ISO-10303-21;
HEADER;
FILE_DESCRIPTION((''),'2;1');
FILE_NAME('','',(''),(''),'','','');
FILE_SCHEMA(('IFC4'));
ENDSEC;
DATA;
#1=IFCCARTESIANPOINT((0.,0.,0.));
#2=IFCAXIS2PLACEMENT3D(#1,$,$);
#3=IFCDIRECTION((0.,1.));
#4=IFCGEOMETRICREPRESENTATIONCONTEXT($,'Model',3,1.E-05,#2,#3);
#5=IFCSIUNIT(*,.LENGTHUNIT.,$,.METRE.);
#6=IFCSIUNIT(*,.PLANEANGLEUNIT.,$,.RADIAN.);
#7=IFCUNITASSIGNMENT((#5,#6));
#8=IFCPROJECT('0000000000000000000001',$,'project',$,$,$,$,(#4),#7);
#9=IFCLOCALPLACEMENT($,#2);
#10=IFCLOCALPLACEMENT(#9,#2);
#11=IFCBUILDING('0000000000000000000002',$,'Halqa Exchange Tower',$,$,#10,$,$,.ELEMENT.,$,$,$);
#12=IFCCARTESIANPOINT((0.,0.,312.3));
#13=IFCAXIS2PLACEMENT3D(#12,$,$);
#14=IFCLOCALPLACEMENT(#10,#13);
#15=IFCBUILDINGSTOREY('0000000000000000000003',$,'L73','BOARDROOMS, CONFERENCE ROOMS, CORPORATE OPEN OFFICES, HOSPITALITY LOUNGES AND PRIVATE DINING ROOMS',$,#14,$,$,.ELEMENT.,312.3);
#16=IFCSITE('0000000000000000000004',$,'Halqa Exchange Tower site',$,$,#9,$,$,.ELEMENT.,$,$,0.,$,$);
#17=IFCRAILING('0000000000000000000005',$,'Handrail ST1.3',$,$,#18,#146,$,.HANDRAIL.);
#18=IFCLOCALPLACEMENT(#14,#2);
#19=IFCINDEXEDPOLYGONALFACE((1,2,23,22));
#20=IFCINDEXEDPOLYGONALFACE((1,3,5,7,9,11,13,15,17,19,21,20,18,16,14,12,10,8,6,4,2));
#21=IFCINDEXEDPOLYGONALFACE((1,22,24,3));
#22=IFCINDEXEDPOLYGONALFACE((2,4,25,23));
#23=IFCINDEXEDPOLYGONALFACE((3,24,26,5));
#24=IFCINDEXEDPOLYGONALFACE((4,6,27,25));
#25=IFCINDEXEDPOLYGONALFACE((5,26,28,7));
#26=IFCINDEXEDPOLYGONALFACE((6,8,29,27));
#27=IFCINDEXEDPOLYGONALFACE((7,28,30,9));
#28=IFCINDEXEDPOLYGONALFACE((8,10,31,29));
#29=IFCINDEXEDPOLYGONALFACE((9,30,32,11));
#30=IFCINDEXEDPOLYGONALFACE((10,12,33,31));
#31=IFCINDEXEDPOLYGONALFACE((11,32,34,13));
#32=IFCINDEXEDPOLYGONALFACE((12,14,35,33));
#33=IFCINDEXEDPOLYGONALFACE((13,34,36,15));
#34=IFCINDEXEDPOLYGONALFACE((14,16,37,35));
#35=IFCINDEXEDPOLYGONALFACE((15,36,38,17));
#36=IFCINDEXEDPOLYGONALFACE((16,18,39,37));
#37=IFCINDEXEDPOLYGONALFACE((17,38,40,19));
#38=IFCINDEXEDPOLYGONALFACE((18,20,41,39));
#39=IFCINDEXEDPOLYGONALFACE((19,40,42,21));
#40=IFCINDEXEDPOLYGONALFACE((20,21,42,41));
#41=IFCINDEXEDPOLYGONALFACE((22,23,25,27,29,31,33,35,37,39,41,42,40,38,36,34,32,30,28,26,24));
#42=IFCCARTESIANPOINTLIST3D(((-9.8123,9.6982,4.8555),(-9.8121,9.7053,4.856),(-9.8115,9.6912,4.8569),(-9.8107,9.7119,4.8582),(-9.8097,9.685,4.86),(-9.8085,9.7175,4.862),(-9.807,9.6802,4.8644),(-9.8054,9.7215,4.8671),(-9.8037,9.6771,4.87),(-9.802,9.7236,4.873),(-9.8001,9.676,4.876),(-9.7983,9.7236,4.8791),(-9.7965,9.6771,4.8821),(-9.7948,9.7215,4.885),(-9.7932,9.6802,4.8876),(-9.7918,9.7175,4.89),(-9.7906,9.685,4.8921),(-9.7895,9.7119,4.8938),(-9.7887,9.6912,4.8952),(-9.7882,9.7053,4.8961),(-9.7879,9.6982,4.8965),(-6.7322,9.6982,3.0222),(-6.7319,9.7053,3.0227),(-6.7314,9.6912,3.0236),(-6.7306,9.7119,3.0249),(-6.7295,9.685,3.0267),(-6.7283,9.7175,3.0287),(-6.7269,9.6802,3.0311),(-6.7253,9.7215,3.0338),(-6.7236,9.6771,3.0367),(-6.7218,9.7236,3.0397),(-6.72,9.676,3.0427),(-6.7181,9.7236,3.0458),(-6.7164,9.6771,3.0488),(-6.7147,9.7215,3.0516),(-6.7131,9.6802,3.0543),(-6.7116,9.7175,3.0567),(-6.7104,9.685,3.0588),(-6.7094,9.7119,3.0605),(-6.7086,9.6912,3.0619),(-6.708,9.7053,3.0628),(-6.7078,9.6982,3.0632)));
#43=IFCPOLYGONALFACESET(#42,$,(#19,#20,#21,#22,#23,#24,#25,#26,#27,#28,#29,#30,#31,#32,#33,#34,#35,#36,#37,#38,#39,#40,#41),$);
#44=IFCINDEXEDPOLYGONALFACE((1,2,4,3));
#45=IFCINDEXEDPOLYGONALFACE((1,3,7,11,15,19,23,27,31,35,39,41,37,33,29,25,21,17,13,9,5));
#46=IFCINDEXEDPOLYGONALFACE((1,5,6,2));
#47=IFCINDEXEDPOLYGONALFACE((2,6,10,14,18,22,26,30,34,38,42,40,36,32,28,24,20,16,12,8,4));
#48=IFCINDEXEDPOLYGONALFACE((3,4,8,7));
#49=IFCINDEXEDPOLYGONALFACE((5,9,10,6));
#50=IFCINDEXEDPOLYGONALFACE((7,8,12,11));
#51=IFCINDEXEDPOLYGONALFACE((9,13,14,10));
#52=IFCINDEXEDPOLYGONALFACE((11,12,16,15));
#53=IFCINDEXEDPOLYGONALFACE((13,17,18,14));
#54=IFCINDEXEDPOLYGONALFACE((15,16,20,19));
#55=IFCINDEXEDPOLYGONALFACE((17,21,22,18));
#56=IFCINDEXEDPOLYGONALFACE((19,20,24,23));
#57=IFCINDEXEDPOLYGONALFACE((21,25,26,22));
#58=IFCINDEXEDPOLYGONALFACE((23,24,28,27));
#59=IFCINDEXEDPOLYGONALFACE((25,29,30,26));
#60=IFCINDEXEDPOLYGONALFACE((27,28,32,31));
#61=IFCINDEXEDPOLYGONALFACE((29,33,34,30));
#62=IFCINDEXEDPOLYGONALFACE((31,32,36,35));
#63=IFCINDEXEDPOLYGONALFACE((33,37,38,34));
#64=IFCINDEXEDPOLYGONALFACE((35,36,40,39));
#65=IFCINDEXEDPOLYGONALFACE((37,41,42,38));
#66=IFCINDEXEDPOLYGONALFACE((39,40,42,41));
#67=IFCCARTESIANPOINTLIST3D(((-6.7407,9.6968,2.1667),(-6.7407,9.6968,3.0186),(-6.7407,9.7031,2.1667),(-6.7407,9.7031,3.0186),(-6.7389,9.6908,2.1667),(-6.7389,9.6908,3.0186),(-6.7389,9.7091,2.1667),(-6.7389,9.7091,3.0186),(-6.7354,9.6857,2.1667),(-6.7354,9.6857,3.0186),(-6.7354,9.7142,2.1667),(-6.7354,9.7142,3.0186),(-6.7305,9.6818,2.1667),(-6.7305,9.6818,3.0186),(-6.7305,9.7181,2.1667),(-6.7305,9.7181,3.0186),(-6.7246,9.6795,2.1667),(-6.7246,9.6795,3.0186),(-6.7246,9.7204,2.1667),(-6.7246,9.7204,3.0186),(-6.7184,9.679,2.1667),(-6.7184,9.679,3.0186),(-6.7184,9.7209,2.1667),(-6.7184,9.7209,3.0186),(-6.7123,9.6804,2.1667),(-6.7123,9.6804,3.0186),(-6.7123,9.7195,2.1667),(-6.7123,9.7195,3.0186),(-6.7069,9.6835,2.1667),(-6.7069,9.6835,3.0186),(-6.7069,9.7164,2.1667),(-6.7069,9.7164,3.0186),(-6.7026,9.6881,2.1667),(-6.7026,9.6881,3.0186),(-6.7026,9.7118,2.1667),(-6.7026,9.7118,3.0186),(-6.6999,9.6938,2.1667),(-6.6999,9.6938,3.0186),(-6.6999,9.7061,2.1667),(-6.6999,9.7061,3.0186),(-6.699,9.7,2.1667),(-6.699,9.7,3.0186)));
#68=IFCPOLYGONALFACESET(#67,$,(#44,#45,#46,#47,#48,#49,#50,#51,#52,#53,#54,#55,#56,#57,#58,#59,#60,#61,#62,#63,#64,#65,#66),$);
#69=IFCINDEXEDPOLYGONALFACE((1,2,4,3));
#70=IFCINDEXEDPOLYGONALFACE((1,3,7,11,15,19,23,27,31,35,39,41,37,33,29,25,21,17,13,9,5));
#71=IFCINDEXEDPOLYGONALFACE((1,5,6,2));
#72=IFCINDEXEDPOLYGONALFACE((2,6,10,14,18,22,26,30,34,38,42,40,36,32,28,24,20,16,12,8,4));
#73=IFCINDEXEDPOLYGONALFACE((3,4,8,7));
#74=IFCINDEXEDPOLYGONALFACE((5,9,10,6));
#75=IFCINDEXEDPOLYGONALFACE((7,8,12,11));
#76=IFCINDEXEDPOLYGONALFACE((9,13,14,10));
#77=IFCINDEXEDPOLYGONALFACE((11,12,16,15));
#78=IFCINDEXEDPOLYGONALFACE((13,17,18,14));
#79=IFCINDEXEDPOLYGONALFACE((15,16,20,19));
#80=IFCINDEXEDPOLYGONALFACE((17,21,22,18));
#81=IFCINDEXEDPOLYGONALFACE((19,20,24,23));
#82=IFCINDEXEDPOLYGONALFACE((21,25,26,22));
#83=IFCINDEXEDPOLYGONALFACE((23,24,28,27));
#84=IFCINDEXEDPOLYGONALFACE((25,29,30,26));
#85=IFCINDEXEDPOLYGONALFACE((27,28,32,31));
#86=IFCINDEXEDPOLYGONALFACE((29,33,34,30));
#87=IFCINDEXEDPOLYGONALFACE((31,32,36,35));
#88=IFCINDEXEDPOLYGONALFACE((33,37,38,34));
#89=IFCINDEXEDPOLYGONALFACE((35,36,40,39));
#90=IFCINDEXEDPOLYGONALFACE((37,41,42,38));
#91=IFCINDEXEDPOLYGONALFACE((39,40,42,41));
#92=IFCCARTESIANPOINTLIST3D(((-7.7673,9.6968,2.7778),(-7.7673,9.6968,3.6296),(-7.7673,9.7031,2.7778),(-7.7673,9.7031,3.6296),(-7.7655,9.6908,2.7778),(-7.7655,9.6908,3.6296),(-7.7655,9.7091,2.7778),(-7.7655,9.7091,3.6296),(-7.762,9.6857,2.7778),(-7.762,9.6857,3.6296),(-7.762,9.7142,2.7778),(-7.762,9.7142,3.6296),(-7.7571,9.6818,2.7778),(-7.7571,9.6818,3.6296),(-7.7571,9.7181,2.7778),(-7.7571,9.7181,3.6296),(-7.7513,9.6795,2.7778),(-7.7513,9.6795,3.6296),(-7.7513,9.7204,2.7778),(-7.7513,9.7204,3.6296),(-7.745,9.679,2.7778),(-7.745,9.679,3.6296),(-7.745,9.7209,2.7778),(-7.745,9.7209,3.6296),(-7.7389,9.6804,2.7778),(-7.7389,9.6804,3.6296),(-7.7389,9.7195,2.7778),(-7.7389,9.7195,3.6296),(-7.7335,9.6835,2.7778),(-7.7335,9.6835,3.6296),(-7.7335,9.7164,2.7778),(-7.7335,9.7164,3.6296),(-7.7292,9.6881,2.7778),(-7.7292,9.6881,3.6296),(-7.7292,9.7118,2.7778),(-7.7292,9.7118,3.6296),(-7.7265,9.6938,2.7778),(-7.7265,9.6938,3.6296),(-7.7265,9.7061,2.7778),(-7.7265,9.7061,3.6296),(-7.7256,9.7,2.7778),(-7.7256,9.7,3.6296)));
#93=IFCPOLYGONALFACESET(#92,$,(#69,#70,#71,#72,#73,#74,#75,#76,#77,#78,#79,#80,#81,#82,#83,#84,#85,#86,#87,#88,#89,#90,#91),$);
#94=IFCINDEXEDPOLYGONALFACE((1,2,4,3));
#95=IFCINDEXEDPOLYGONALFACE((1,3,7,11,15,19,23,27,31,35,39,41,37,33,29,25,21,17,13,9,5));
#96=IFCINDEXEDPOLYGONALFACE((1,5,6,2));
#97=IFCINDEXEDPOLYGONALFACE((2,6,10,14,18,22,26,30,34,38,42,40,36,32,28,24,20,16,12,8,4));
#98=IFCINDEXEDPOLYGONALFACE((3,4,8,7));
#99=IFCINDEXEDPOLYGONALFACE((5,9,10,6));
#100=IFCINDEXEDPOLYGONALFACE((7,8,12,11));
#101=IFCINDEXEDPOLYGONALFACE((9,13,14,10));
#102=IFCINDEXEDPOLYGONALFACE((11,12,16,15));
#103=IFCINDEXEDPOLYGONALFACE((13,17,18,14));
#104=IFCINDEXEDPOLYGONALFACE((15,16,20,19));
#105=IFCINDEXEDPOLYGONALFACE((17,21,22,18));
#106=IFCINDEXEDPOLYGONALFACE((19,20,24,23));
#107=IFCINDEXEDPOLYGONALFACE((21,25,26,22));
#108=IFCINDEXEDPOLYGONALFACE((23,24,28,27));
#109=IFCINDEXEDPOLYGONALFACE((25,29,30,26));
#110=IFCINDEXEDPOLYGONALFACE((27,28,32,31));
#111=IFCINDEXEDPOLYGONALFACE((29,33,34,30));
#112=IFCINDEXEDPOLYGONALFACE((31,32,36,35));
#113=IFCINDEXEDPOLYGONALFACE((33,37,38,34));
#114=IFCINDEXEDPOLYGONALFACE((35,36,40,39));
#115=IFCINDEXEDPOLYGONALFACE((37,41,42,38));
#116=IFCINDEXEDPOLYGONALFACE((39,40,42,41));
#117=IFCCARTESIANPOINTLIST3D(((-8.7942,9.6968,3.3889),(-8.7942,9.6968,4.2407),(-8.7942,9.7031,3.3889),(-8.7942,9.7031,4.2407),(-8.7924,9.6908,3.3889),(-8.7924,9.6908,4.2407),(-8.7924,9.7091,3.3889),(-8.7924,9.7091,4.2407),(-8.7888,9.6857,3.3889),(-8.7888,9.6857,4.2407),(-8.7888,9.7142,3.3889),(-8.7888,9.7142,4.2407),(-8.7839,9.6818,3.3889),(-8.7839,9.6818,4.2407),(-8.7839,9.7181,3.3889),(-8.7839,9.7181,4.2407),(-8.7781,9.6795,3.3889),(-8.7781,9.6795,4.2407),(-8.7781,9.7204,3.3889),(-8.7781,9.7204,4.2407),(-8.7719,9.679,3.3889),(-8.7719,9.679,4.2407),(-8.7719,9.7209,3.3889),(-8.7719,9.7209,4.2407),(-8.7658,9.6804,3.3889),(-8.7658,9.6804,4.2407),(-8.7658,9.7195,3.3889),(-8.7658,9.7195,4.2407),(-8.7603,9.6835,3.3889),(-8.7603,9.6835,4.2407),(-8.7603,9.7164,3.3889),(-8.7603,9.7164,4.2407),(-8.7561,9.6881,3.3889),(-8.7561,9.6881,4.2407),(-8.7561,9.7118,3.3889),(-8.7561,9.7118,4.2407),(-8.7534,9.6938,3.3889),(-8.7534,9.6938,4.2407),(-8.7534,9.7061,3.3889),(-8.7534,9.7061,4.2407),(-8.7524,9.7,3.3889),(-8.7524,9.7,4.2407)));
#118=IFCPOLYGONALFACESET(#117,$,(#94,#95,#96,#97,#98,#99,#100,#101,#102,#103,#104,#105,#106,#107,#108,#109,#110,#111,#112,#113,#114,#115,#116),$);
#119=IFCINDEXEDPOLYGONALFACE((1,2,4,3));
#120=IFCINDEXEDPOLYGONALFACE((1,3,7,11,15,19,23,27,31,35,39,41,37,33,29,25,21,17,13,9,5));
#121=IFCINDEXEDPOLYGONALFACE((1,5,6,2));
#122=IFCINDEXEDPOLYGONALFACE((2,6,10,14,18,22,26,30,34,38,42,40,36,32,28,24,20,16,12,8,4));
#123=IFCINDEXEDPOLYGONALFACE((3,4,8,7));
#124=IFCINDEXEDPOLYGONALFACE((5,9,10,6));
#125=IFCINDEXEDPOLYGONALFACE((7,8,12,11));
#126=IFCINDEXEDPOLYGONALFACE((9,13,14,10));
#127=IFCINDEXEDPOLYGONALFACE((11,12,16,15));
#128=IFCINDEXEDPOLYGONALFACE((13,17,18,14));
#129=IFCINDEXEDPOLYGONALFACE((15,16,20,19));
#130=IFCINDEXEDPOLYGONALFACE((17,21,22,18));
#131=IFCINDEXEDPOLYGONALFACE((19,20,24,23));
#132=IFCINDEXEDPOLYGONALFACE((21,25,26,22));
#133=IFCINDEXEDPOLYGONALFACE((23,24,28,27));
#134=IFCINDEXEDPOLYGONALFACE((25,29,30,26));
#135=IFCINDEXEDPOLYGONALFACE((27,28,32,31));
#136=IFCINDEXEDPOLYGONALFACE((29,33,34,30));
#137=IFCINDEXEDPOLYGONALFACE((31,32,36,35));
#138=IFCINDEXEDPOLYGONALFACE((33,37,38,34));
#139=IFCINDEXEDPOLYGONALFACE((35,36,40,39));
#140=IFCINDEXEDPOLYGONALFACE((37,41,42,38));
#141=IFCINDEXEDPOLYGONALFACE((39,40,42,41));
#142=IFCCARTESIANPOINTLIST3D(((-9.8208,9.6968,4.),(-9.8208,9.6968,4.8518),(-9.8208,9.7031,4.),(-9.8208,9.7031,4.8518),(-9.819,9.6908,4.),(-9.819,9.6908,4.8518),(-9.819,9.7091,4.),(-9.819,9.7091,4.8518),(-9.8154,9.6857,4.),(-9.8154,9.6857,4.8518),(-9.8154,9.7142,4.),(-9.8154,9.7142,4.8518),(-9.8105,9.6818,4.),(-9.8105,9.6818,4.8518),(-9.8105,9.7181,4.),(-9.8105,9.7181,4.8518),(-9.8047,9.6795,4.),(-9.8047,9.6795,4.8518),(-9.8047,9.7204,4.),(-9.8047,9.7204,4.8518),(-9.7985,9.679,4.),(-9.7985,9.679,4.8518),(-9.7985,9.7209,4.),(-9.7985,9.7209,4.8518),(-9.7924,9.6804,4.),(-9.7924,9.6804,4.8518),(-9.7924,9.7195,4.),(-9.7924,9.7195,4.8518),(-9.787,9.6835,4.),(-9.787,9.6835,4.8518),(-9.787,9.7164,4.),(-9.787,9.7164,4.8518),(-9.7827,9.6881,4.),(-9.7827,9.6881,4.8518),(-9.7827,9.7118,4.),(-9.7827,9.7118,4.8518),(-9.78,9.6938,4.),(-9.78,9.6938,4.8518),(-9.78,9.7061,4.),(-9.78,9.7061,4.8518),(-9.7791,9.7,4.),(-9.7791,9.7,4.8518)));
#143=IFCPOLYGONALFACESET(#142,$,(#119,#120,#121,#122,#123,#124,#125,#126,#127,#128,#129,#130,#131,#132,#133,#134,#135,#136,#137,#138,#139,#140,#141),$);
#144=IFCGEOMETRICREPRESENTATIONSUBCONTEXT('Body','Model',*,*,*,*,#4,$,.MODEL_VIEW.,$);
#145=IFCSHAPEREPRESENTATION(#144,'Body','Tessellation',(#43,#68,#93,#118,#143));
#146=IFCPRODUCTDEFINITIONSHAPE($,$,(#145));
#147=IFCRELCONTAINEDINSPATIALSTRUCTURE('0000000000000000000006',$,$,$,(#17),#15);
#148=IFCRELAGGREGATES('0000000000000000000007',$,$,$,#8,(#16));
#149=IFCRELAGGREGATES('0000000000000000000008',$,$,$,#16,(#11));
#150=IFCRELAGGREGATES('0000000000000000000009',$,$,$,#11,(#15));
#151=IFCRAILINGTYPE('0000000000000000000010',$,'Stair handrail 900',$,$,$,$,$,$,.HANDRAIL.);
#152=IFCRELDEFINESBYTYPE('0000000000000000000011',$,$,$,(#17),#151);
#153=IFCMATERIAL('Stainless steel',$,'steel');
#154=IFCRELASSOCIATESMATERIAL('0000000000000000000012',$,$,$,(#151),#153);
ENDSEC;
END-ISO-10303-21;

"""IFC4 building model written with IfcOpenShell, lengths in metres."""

from ifc_helpers import new_model, si_unit, direction, frame, origin, origin_2d, place, context, subcontext, project, spatial, circle, extrude, material, type_object, element, save


model = new_model("IFC4")

# Units and contexts
model_context = context("Model", 3, precision=1e-05, world=origin(), true_north=direction((0.0, 1.0)))
body_context = subcontext(model_context, "Body", "Model", "MODEL_VIEW")
ifc_project = project(units=[si_unit("LENGTHUNIT", "METRE"), si_unit("PLANEANGLEUNIT", "RADIAN")], contexts=[model_context])

# Site, building, storey
site_placement = place(None, origin())
site = spatial("IfcSite", under=ifc_project, at=site_placement, Name="Halqa Exchange Tower site", CompositionType="ELEMENT", RefElevation=0.0)
building_placement = place(site_placement, origin())
building = spatial("IfcBuilding", under=site, at=building_placement, Name="Halqa Exchange Tower", CompositionType="ELEMENT")
storey_placement = place(building_placement, frame((0.0, 0.0, 312.3)))
storey = spatial("IfcBuildingStorey", under=building, at=storey_placement, Name="L73", Description="BOARDROOMS, CONFERENCE ROOMS, CORPORATE OPEN OFFICES, HOSPITALITY LOUNGES AND PRIVATE DINING ROOMS", CompositionType="ELEMENT", Elevation=312.3)

# Railing
ifc_material_1 = material(Name="Stainless steel", Category="steel")
railing_type_1 = type_object("IfcRailingType", Name="Stair handrail 900", PredefinedType="HANDRAIL", material=ifc_material_1)
railing_1_placement = place(storey_placement, frame((-6.72, 9.7, 2.1667)))
element("IfcRailing", 1, at=railing_1_placement, inside=storey, type_object=railing_type_1, Name="Handrail ST1.3", PredefinedType="HANDRAIL", context=body_context, shape_type="SweptSolid", body=[
    extrude(circle(Radius=0.0239, at=origin_2d()), frame((0.0, 0.0, 0.876), z_axis=(-0.859309, 0.0, 0.511458), x_axis=(0.0, -1.0, 0.0)), (0.0, 0.0, 1.0), 3.5845),
    extrude(circle(Radius=0.021, at=origin_2d()), origin(), (0.0, 0.0, 1.0), 0.8518),
    extrude(circle(Radius=0.021, at=origin_2d()), frame((-1.0266, 0.0, 0.6111)), (0.0, 0.0, 1.0), 0.8518),
    extrude(circle(Radius=0.021, at=origin_2d()), frame((-2.0535, 0.0, 1.2222)), (0.0, 0.0, 1.0), 0.8518),
    extrude(circle(Radius=0.021, at=origin_2d()), frame((-3.0801, 0.0, 1.8333)), (0.0, 0.0, 1.0), 0.8518),
])

save(model, "model.ifc")
